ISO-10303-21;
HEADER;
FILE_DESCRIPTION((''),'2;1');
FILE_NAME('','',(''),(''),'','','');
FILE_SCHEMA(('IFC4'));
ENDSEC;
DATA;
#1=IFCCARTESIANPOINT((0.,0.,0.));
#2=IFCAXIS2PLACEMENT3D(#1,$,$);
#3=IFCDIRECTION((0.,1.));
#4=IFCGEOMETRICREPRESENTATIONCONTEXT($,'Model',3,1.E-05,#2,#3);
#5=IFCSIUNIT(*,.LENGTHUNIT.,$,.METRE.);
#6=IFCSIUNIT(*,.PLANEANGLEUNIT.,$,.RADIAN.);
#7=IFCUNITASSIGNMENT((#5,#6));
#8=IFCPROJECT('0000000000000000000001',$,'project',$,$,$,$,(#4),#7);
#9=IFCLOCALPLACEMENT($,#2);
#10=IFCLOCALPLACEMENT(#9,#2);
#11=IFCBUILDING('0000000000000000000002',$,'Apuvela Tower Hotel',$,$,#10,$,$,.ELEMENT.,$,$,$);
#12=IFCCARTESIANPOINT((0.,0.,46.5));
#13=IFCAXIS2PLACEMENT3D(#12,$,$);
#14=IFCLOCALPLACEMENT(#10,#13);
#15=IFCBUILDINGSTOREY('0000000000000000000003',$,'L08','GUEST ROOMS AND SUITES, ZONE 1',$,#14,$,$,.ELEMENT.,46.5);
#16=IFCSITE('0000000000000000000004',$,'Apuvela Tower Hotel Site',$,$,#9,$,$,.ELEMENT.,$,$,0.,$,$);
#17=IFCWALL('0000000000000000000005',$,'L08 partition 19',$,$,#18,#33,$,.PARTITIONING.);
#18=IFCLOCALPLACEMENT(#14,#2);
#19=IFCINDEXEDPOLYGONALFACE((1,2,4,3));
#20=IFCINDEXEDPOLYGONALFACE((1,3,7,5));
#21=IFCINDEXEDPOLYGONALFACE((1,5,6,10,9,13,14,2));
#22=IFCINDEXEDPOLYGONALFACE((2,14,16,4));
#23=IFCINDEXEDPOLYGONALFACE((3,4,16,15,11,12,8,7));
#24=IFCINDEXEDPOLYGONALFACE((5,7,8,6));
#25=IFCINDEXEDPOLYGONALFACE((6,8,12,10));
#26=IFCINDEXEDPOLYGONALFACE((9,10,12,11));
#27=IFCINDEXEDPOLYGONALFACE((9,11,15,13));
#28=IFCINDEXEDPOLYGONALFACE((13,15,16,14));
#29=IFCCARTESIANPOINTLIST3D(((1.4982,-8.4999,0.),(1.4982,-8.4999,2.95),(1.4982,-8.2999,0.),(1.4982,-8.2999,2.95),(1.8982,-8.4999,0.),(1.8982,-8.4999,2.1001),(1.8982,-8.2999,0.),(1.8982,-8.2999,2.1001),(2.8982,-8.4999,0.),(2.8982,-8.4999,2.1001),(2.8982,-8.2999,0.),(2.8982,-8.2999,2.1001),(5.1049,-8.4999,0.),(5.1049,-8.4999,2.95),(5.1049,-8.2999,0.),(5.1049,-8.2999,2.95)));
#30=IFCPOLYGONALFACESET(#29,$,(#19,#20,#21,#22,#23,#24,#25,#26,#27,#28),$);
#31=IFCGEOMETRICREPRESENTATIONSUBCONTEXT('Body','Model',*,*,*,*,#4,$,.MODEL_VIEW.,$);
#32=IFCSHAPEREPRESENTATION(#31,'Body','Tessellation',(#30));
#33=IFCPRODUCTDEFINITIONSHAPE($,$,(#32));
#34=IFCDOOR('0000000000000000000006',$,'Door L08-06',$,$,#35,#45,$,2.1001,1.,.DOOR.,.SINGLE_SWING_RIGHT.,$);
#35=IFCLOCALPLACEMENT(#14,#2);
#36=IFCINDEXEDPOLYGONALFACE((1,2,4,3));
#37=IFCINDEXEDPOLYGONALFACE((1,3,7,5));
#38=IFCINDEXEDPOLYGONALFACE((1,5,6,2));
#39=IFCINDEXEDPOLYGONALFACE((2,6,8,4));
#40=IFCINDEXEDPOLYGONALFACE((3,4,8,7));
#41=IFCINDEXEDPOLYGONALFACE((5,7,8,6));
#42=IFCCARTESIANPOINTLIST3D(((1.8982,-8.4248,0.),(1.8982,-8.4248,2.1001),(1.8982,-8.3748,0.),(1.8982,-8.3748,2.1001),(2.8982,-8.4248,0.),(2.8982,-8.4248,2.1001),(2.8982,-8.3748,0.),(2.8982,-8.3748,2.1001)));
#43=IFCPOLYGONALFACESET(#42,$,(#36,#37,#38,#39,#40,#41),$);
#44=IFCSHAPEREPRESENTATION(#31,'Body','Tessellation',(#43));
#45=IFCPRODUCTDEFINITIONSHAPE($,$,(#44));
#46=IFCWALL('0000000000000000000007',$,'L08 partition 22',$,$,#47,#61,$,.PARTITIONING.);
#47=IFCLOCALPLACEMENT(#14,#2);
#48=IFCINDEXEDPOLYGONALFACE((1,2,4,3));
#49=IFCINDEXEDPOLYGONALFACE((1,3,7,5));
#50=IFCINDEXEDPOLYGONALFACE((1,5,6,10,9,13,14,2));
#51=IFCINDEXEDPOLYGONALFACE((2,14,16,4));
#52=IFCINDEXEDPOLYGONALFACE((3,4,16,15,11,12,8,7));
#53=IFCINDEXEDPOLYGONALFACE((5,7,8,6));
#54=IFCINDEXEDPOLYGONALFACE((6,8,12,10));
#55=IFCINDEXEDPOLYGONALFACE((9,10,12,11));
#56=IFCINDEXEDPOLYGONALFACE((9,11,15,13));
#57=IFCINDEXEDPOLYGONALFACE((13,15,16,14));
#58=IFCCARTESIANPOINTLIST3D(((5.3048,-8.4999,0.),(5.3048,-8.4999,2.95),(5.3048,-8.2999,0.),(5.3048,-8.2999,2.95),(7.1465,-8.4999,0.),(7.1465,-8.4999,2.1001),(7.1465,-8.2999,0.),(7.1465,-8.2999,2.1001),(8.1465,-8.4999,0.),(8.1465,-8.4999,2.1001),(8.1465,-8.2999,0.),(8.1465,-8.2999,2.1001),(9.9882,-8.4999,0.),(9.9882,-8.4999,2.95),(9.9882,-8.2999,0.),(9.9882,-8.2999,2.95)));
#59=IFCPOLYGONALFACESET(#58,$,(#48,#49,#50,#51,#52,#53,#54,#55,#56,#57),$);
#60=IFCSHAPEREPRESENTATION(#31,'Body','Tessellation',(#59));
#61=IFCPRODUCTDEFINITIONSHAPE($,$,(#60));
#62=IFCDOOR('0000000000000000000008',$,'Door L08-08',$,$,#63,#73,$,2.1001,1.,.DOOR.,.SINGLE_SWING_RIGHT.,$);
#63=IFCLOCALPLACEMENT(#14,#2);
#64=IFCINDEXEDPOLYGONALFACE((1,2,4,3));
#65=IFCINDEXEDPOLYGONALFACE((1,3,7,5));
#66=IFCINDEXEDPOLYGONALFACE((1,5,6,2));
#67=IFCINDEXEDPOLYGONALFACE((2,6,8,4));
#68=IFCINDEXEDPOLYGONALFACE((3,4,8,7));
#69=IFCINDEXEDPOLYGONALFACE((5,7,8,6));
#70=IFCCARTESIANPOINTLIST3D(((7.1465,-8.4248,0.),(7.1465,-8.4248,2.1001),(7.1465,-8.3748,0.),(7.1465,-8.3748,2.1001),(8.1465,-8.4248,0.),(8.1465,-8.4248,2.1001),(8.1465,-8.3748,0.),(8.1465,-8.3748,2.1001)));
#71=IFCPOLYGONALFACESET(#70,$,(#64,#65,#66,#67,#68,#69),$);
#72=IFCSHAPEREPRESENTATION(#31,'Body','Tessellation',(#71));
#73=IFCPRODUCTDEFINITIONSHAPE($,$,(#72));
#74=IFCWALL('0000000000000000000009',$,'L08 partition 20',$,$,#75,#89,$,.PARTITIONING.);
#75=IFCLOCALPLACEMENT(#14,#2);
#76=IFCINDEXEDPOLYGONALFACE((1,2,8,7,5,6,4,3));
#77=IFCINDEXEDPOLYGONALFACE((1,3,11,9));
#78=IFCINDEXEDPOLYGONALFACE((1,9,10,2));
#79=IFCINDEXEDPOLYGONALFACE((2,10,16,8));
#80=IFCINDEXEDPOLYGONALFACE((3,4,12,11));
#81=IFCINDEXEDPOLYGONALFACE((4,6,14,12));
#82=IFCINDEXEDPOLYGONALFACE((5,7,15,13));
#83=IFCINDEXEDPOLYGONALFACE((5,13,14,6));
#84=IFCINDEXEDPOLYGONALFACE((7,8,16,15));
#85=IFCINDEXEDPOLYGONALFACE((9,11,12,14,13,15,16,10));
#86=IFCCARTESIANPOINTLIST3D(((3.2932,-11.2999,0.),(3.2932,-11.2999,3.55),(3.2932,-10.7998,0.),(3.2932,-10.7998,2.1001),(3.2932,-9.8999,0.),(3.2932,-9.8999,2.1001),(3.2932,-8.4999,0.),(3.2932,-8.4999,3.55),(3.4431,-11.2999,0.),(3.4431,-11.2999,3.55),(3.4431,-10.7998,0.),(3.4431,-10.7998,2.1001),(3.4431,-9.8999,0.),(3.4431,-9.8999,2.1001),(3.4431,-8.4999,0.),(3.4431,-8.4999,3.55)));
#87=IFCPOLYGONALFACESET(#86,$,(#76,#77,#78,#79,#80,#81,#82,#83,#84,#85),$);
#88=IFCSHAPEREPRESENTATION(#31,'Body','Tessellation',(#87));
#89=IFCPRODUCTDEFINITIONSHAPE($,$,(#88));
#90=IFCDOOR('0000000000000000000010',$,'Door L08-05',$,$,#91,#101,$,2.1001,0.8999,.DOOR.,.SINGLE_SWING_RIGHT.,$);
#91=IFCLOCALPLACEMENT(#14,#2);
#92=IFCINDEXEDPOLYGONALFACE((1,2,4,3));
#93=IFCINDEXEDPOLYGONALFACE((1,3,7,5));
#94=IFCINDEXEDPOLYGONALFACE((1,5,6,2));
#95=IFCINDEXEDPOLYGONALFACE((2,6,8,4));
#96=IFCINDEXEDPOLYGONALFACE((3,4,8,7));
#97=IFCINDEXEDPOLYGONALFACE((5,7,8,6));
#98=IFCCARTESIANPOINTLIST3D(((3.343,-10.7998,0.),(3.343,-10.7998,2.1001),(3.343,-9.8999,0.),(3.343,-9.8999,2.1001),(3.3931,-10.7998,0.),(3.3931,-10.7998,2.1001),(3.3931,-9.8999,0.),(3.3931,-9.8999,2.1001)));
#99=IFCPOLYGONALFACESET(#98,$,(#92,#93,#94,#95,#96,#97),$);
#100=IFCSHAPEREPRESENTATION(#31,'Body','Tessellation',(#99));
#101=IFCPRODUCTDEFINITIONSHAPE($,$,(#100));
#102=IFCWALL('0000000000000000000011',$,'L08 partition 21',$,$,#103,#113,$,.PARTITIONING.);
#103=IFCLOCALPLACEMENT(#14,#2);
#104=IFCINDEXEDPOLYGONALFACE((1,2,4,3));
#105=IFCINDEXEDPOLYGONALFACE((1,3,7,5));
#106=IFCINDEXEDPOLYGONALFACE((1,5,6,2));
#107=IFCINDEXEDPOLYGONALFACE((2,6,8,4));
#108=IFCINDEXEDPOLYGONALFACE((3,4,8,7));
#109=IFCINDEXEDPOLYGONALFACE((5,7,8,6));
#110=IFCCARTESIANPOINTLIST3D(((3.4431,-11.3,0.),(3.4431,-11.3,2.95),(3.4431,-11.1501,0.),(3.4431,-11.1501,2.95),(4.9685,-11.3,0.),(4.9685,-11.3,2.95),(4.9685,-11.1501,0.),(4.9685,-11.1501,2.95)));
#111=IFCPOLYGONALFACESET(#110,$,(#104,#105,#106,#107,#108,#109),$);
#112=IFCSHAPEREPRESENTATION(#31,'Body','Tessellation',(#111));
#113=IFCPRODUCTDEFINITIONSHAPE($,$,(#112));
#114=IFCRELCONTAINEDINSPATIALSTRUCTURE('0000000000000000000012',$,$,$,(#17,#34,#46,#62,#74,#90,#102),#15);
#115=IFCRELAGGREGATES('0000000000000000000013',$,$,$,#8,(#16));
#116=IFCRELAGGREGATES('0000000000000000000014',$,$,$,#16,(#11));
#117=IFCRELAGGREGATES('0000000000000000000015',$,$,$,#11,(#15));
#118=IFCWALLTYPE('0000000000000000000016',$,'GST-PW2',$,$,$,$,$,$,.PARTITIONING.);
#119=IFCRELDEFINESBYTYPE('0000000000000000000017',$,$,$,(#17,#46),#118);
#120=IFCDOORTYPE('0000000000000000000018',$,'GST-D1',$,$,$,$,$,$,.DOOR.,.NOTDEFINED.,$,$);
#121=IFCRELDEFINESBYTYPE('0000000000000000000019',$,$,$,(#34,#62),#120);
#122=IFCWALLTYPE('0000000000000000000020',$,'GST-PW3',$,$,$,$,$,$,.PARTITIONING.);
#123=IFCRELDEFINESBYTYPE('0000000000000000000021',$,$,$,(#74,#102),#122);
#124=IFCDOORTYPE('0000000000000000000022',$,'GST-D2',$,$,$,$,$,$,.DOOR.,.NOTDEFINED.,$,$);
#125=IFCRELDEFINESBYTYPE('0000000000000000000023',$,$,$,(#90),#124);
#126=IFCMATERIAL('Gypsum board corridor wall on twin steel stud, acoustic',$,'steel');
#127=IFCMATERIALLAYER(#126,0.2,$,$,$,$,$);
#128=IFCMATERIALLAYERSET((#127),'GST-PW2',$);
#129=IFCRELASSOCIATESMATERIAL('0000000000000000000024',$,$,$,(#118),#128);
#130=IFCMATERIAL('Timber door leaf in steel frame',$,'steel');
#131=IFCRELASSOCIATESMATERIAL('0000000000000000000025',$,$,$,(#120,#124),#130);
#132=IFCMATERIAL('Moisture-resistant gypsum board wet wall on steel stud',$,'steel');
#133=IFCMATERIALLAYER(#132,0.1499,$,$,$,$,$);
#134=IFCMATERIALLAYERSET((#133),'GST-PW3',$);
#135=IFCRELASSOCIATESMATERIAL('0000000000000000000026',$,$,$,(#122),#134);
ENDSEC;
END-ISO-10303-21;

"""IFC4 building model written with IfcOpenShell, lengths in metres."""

from ifc_helpers import new_model, si_unit, direction, frame, frame_2d, origin, place, context, subcontext, project, spatial, rectangle, extrude, material, layer, layer_set, type_object, element, fill, save


model = new_model("IFC4")

# Units and contexts
model_context = context("Model", 3, precision=1e-05, world=origin(), true_north=direction((0.0, 1.0)))
body_context = subcontext(model_context, "Body", "Model", "MODEL_VIEW")
ifc_project = project(units=[si_unit("LENGTHUNIT", "METRE"), si_unit("PLANEANGLEUNIT", "RADIAN")], contexts=[model_context])

# Site, building, storey
site_placement = place(None, origin())
site = spatial("IfcSite", under=ifc_project, at=site_placement, Name="Apuvela Tower Hotel Site", CompositionType="ELEMENT", RefElevation=0.0)
building_placement = place(site_placement, origin())
building = spatial("IfcBuilding", under=site, at=building_placement, Name="Apuvela Tower Hotel", CompositionType="ELEMENT")
storey_placement = place(building_placement, frame((0.0, 0.0, 46.5)))
storey = spatial("IfcBuildingStorey", under=building, at=storey_placement, Name="L08", Description="GUEST ROOMS AND SUITES, ZONE 1", CompositionType="ELEMENT", Elevation=46.5)

# Walls, openings, doors
ifc_material_1 = material(Name="Gypsum board corridor wall on twin steel stud, acoustic", Category="steel")
ifc_layer_1 = layer(ifc_material_1, 0.2)
ifc_layer_set_1 = layer_set([ifc_layer_1], Name="GST-PW2")
wall_type_1 = type_object("IfcWallType", Name="GST-PW2", PredefinedType="PARTITIONING", material=ifc_layer_set_1)
ifc_material_2 = material(Name="Timber door leaf in steel frame", Category="steel")
door_type_1 = type_object("IfcDoorType", Name="GST-D1", OperationType="NOTDEFINED", PredefinedType="DOOR", material=ifc_material_2)
wall_1_placement = place(storey_placement, frame((5.1047, -8.3999, 0.0), z_axis=(0.0, 0.0, 1.0), x_axis=(-1.0, 0.0, 0.0)))
wall_1 = element("IfcWall", 1, at=wall_1_placement, inside=storey, type_object=wall_type_1, Name="L08 partition 19", PredefinedType="PARTITIONING", context=body_context, shape_type="SweptSolid", body=[
    extrude(rectangle(XDim=3.6067, YDim=0.2, at=frame_2d((1.8032, 0.0))), origin(), (0.0, 0.0, 1.0), 2.95),
])
opening_1_placement = place(wall_1_placement, frame((2.2065, 0.0, 0.0)))
opening_1 = element("IfcOpeningElement", 2, at=opening_1_placement, cuts=wall_1, PredefinedType="OPENING", context=body_context, shape_type="SweptSolid", body=[
    extrude(rectangle(XDim=1.0, YDim=2.1001, at=frame_2d((0.5, 1.05))), frame((0.0, 0.1099, 0.0), z_axis=(0.0, -1.0, 0.0), x_axis=(1.0, 0.0, 0.0)), (0.0, 0.0, 1.0), 0.22),
])
door_1_placement = place(opening_1_placement, origin())
door_1 = element("IfcDoor", 3, at=door_1_placement, inside=storey, type_object=door_type_1, Name="Door L08-06", OperationType="SINGLE_SWING_RIGHT", OverallHeight=2.1001, OverallWidth=1.0, PredefinedType="DOOR", context=body_context, shape_type="SweptSolid", body=[
    extrude(rectangle(XDim=1.0, YDim=2.1001, at=frame_2d((0.5, 1.05))), frame((0.0, 0.0249, 0.0), z_axis=(0.0, -1.0, 0.0), x_axis=(1.0, 0.0, 0.0)), (0.0, 0.0, 1.0), 0.05),
])
fill(opening_1, door_1)
wall_2_placement = place(storey_placement, frame((9.9883, -8.3999, 0.0), z_axis=(0.0, 0.0, 1.0), x_axis=(-1.0, 0.0, 0.0)))
wall_2 = element("IfcWall", 4, at=wall_2_placement, inside=storey, type_object=wall_type_1, Name="L08 partition 22", PredefinedType="PARTITIONING", context=body_context, shape_type="SweptSolid", body=[
    extrude(rectangle(XDim=4.6833, YDim=0.2, at=frame_2d((2.3418, 0.0))), origin(), (0.0, 0.0, 1.0), 2.95),
])
opening_2_placement = place(wall_2_placement, frame((1.8418, 0.0, 0.0)))
opening_2 = element("IfcOpeningElement", 5, at=opening_2_placement, cuts=wall_2, PredefinedType="OPENING", context=body_context, shape_type="SweptSolid", body=[
    extrude(rectangle(XDim=1.0, YDim=2.1001, at=frame_2d((0.5, 1.05))), frame((0.0, 0.1099, 0.0), z_axis=(0.0, -1.0, 0.0), x_axis=(1.0, 0.0, 0.0)), (0.0, 0.0, 1.0), 0.22),
])
door_2_placement = place(opening_2_placement, origin())
door_2 = element("IfcDoor", 6, at=door_2_placement, inside=storey, type_object=door_type_1, Name="Door L08-08", OperationType="SINGLE_SWING_RIGHT", OverallHeight=2.1001, OverallWidth=1.0, PredefinedType="DOOR", context=body_context, shape_type="SweptSolid", body=[
    extrude(rectangle(XDim=1.0, YDim=2.1001, at=frame_2d((0.5, 1.05))), frame((0.0, 0.0249, 0.0), z_axis=(0.0, -1.0, 0.0), x_axis=(1.0, 0.0, 0.0)), (0.0, 0.0, 1.0), 0.05),
])
fill(opening_2, door_2)
ifc_material_3 = material(Name="Moisture-resistant gypsum board wet wall on steel stud", Category="steel")
ifc_layer_2 = layer(ifc_material_3, 0.1499)
ifc_layer_set_2 = layer_set([ifc_layer_2], Name="GST-PW3")
wall_type_2 = type_object("IfcWallType", Name="GST-PW3", PredefinedType="PARTITIONING", material=ifc_layer_set_2)
wall_3_placement = place(storey_placement, frame((3.3682, -8.5, 0.0), z_axis=(0.0, 0.0, 1.0), x_axis=(0.0, -1.0, 0.0)))
wall_3 = element("IfcWall", 7, at=wall_3_placement, inside=storey, type_object=wall_type_2, Name="L08 partition 20", PredefinedType="PARTITIONING", context=body_context, shape_type="SweptSolid", body=[
    extrude(rectangle(XDim=2.8, YDim=0.1499, at=frame_2d((1.3999, 0.0))), origin(), (0.0, 0.0, 1.0), 3.55),
])
opening_3_placement = place(wall_3_placement, frame((1.3999, 0.0, 0.0)))
opening_3 = element("IfcOpeningElement", 8, at=opening_3_placement, cuts=wall_3, PredefinedType="OPENING", context=body_context, shape_type="SweptSolid", body=[
    extrude(rectangle(XDim=0.8999, YDim=2.1001, at=frame_2d((0.45, 1.05))), frame((0.0, 0.085, 0.0), z_axis=(0.0, -1.0, 0.0), x_axis=(1.0, 0.0, 0.0)), (0.0, 0.0, 1.0), 0.1699),
])
door_type_2 = type_object("IfcDoorType", Name="GST-D2", OperationType="NOTDEFINED", PredefinedType="DOOR", material=ifc_material_2)
door_3_placement = place(opening_3_placement, origin())
door_3 = element("IfcDoor", 9, at=door_3_placement, inside=storey, type_object=door_type_2, Name="Door L08-05", OperationType="SINGLE_SWING_RIGHT", OverallHeight=2.1001, OverallWidth=0.8999, PredefinedType="DOOR", context=body_context, shape_type="SweptSolid", body=[
    extrude(rectangle(XDim=0.8999, YDim=2.1001, at=frame_2d((0.45, 1.05))), frame((0.0, 0.0249, 0.0), z_axis=(0.0, -1.0, 0.0), x_axis=(1.0, 0.0, 0.0)), (0.0, 0.0, 1.0), 0.05),
])
fill(opening_3, door_3)

# Wall
wall_4_placement = place(storey_placement, frame((3.4431, -11.2251, 0.0), z_axis=(0.0, 0.0, 1.0), x_axis=(1.0, 0.0, 0.0)))
element("IfcWall", 10, at=wall_4_placement, inside=storey, type_object=wall_type_2, Name="L08 partition 21", PredefinedType="PARTITIONING", context=body_context, shape_type="SweptSolid", body=[
    extrude(rectangle(XDim=1.5254, YDim=0.1499, at=frame_2d((0.7627, 0.0))), origin(), (0.0, 0.0, 1.0), 2.95),
])

save(model, "model.ifc")
